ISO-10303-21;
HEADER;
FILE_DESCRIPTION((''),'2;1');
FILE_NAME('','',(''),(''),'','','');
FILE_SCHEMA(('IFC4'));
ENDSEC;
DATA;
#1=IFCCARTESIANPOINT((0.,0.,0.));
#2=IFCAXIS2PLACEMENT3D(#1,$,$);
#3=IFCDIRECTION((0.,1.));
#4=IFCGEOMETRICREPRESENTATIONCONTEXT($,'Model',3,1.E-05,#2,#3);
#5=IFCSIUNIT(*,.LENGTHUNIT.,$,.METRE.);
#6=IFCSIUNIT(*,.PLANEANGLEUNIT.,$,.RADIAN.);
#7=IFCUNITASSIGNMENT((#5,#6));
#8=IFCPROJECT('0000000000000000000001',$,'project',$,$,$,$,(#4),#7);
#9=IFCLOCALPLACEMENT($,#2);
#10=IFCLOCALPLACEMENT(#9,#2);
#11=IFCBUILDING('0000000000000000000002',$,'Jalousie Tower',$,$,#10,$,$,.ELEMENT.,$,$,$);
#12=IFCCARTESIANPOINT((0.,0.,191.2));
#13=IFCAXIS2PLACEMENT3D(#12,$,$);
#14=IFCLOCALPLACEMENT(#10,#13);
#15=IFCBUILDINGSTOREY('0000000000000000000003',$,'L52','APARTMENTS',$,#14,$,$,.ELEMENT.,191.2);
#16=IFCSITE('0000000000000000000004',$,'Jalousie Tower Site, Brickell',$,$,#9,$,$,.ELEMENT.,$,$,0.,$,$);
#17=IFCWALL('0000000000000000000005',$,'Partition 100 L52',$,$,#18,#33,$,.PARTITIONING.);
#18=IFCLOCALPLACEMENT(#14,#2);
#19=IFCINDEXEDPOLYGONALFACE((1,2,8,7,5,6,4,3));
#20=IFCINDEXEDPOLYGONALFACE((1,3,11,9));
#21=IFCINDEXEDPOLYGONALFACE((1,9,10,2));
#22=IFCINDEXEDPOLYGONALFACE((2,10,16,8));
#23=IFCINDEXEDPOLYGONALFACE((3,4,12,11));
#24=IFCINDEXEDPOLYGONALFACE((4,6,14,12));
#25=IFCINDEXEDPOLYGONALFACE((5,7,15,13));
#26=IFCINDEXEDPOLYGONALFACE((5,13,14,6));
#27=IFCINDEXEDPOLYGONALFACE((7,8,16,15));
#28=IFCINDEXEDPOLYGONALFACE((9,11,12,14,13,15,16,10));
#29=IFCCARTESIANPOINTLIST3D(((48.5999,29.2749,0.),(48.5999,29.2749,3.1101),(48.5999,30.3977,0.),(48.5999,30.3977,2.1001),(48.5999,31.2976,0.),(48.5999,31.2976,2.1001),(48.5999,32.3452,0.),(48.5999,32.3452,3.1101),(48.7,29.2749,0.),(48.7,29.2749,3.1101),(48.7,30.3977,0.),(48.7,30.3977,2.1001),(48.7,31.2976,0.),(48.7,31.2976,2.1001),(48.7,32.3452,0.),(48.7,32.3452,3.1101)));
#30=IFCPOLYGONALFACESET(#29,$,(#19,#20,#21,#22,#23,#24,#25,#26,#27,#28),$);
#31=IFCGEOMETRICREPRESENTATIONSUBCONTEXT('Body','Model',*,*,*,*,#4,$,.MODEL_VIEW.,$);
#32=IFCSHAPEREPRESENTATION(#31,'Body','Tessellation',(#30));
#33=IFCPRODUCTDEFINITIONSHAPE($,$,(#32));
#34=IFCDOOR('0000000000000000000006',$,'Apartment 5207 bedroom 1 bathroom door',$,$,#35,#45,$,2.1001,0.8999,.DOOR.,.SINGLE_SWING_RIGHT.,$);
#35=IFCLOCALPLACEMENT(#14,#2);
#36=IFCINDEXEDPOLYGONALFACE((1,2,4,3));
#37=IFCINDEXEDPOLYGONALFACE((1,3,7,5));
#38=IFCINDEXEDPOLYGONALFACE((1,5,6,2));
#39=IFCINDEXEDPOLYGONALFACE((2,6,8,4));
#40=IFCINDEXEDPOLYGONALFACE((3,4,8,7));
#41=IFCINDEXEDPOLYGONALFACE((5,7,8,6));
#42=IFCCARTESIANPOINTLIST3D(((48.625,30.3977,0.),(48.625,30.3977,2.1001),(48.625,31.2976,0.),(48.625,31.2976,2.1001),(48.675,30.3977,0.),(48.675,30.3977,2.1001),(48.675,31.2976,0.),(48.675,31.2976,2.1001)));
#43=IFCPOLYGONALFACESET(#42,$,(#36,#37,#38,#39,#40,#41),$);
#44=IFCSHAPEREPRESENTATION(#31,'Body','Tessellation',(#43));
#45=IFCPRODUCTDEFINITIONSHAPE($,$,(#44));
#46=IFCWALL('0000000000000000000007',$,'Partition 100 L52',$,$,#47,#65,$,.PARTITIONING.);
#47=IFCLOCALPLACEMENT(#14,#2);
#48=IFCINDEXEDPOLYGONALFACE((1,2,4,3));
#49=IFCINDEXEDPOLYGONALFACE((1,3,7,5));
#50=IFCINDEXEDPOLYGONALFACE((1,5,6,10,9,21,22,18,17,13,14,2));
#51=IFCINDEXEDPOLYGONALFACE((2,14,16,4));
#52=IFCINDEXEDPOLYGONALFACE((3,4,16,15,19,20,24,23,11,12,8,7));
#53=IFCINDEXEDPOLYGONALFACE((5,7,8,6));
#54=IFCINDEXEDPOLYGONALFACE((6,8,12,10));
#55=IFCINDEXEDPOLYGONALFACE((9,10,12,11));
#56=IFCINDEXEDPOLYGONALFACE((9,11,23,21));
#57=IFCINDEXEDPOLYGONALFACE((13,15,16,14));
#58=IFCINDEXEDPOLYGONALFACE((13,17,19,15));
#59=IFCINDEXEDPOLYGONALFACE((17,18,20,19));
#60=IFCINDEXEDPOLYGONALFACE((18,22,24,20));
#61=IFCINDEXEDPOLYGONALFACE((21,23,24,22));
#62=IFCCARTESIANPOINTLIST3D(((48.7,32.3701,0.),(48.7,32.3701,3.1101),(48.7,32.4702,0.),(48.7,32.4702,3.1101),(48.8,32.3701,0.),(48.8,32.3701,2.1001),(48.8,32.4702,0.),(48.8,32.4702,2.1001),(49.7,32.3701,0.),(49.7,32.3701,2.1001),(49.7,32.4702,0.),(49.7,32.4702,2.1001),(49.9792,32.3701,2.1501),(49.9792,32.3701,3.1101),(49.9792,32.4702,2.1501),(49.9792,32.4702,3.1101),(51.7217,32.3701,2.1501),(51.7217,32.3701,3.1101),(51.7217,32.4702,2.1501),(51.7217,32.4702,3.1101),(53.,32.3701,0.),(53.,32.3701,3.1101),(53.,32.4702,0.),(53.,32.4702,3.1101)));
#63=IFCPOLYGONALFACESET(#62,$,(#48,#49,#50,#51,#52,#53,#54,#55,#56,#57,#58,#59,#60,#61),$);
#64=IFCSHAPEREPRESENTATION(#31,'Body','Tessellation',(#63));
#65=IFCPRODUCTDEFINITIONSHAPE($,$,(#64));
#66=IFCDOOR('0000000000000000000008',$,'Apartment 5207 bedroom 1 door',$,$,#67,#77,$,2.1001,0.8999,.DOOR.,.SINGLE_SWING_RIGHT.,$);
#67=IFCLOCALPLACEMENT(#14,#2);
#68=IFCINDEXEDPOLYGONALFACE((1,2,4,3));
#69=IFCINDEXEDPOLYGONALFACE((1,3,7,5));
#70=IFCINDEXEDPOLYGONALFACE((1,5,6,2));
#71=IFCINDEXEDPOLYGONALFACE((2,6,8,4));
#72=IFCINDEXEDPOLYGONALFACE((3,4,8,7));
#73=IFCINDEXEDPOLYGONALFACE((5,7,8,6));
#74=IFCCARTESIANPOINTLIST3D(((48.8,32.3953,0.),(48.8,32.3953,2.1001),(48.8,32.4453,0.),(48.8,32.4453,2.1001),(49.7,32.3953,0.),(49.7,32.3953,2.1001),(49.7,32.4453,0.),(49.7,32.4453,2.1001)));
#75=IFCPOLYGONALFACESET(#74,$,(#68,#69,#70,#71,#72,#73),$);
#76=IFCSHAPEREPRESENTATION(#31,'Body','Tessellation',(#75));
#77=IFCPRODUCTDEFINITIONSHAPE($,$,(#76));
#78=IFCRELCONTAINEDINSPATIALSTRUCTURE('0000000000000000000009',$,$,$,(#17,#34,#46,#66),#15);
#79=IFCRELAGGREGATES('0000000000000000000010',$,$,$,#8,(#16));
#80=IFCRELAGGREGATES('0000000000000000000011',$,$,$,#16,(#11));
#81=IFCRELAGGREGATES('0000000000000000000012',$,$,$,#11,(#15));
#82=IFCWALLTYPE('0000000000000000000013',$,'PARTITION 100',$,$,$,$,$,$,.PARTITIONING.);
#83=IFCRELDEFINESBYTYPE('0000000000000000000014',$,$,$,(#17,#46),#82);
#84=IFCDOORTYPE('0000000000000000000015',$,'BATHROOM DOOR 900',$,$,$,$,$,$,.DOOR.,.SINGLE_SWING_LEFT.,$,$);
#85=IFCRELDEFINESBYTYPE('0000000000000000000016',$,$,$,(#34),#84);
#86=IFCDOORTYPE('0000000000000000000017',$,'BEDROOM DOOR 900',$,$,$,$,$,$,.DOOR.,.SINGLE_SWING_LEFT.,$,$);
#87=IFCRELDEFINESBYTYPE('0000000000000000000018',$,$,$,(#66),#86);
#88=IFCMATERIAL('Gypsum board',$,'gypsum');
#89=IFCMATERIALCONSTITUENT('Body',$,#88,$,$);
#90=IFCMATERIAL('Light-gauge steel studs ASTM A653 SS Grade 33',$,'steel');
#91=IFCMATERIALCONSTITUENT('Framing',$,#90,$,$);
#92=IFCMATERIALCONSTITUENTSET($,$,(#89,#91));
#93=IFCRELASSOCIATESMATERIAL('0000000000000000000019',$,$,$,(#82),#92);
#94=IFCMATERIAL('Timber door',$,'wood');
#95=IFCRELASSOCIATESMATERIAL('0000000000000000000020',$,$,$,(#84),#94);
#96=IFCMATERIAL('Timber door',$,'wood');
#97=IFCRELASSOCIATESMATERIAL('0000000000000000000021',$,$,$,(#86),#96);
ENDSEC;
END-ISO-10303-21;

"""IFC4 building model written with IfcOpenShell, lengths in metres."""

from ifc_helpers import new_model, si_unit, direction, frame, frame_2d, origin, place, context, subcontext, project, spatial, polyline, rectangle, outline, extrude, material, constituent, constituent_set, type_object, element, fill, save


model = new_model("IFC4")

# Units and contexts
model_context = context("Model", 3, precision=1e-05, world=origin(), true_north=direction((0.0, 1.0)))
body_context = subcontext(model_context, "Body", "Model", "MODEL_VIEW")
ifc_project = project(units=[si_unit("LENGTHUNIT", "METRE"), si_unit("PLANEANGLEUNIT", "RADIAN")], contexts=[model_context])

# Site, building, storey
site_placement = place(None, origin())
site = spatial("IfcSite", under=ifc_project, at=site_placement, Name="Jalousie Tower Site, Brickell", CompositionType="ELEMENT", RefElevation=0.0)
building_placement = place(site_placement, origin())
building = spatial("IfcBuilding", under=site, at=building_placement, Name="Jalousie Tower", CompositionType="ELEMENT")
storey_placement = place(building_placement, frame((0.0, 0.0, 191.2)))
storey = spatial("IfcBuildingStorey", under=building, at=storey_placement, Name="L52", Description="APARTMENTS", CompositionType="ELEMENT", Elevation=191.2)

# Walls, openings, doors
ifc_material_1 = material(Name="Gypsum board", Category="gypsum")
ifc_constituent_1 = constituent(ifc_material_1, Name="Body")
ifc_material_2 = material(Name="Light-gauge steel studs ASTM A653 SS Grade 33", Category="steel")
ifc_constituent_2 = constituent(ifc_material_2, Name="Framing")
ifc_constituent_set_1 = constituent_set(constituents=[ifc_constituent_1, ifc_constituent_2])
wall_type_1 = type_object("IfcWallType", Name="PARTITION 100", PredefinedType="PARTITIONING", material=ifc_constituent_set_1)
wall_1_placement = place(storey_placement, frame((48.6499, 32.3452, 0.0), z_axis=(0.0, 0.0, 1.0), x_axis=(0.0, -1.0, 0.0)))
wall_1 = element("IfcWall", 1, at=wall_1_placement, inside=storey, type_object=wall_type_1, Name="Partition 100 L52", PredefinedType="PARTITIONING", context=body_context, shape_type="SweptSolid", body=[
    extrude(rectangle(XDim=3.0703, YDim=0.1001, at=frame_2d((1.5352, 0.0))), origin(), (0.0, 0.0, 1.0), 3.1101),
])
opening_1_placement = place(wall_1_placement, frame((1.0476, 0.0, 0.0)))
opening_1 = element("IfcOpeningElement", 2, at=opening_1_placement, cuts=wall_1, PredefinedType="OPENING", context=body_context, shape_type="SweptSolid", body=[
    extrude(rectangle(XDim=0.8999, YDim=2.1001, at=frame_2d((0.45, 1.05))), frame((0.0, 0.0601, 0.0), z_axis=(0.0, -1.0, 0.0), x_axis=(1.0, 0.0, 0.0)), (0.0, 0.0, 1.0), 0.1201),
])
ifc_material_3 = material(Name="Timber door", Category="wood")
door_type_1 = type_object("IfcDoorType", Name="BATHROOM DOOR 900", OperationType="SINGLE_SWING_LEFT", PredefinedType="DOOR", material=ifc_material_3)
door_1_placement = place(opening_1_placement, frame((0.8999, 0.0, 0.0), z_axis=(0.0, 0.0, 1.0), x_axis=(-1.0, 0.0, 0.0)))
door_1 = element("IfcDoor", 3, at=door_1_placement, inside=storey, type_object=door_type_1, Name="Apartment 5207 bedroom 1 bathroom door", OperationType="SINGLE_SWING_RIGHT", OverallHeight=2.1001, OverallWidth=0.8999, PredefinedType="DOOR", context=body_context, shape_type="SweptSolid", body=[
    extrude(rectangle(XDim=0.8999, YDim=2.1001, at=frame_2d((0.45, 1.05))), frame((0.0, 0.0249, 0.0), z_axis=(0.0, -1.0, 0.0), x_axis=(1.0, 0.0, 0.0)), (0.0, 0.0, 1.0), 0.05),
])
fill(opening_1, door_1)
wall_2_placement = place(storey_placement, frame((48.7, 32.4202, 0.0), z_axis=(0.0, 0.0, 1.0), x_axis=(1.0, 0.0, 0.0)))
wall_2 = element("IfcWall", 4, at=wall_2_placement, inside=storey, type_object=wall_type_1, Name="Partition 100 L52", PredefinedType="PARTITIONING", context=body_context, shape_type="SweptSolid", body=[
    extrude(outline(polyline([(0.0, 0.0), (4.3, 0.0), (4.3, 3.1101), (3.0217, 3.1101), (3.0217, 2.1501), (1.2793, 2.1501), (1.2793, 3.1101), (0.0, 3.1101), (0.0, 0.0)])), frame((0.0, 0.05, 0.0), z_axis=(0.0, -1.0, 0.0), x_axis=(1.0, 0.0, 0.0)), (0.0, 0.0, 1.0), 0.1001),
])
opening_2_placement = place(wall_2_placement, frame((0.1001, 0.0, 0.0)))
opening_2 = element("IfcOpeningElement", 5, at=opening_2_placement, cuts=wall_2, PredefinedType="OPENING", context=body_context, shape_type="SweptSolid", body=[
    extrude(rectangle(XDim=0.8999, YDim=2.1001, at=frame_2d((0.45, 1.05))), frame((0.0, 0.0601, 0.0), z_axis=(0.0, -1.0, 0.0), x_axis=(1.0, 0.0, 0.0)), (0.0, 0.0, 1.0), 0.1201),
])
ifc_material_4 = material(Name="Timber door", Category="wood")
door_type_2 = type_object("IfcDoorType", Name="BEDROOM DOOR 900", OperationType="SINGLE_SWING_LEFT", PredefinedType="DOOR", material=ifc_material_4)
door_2_placement = place(opening_2_placement, frame((0.8999, 0.0, 0.0), z_axis=(0.0, 0.0, 1.0), x_axis=(-1.0, 0.0, 0.0)))
door_2 = element("IfcDoor", 6, at=door_2_placement, inside=storey, type_object=door_type_2, Name="Apartment 5207 bedroom 1 door", OperationType="SINGLE_SWING_RIGHT", OverallHeight=2.1001, OverallWidth=0.8999, PredefinedType="DOOR", context=body_context, shape_type="SweptSolid", body=[
    extrude(rectangle(XDim=0.8999, YDim=2.1001, at=frame_2d((0.45, 1.05))), frame((0.0, 0.0249, 0.0), z_axis=(0.0, -1.0, 0.0), x_axis=(1.0, 0.0, 0.0)), (0.0, 0.0, 1.0), 0.05),
])
fill(opening_2, door_2)

save(model, "model.ifc")
